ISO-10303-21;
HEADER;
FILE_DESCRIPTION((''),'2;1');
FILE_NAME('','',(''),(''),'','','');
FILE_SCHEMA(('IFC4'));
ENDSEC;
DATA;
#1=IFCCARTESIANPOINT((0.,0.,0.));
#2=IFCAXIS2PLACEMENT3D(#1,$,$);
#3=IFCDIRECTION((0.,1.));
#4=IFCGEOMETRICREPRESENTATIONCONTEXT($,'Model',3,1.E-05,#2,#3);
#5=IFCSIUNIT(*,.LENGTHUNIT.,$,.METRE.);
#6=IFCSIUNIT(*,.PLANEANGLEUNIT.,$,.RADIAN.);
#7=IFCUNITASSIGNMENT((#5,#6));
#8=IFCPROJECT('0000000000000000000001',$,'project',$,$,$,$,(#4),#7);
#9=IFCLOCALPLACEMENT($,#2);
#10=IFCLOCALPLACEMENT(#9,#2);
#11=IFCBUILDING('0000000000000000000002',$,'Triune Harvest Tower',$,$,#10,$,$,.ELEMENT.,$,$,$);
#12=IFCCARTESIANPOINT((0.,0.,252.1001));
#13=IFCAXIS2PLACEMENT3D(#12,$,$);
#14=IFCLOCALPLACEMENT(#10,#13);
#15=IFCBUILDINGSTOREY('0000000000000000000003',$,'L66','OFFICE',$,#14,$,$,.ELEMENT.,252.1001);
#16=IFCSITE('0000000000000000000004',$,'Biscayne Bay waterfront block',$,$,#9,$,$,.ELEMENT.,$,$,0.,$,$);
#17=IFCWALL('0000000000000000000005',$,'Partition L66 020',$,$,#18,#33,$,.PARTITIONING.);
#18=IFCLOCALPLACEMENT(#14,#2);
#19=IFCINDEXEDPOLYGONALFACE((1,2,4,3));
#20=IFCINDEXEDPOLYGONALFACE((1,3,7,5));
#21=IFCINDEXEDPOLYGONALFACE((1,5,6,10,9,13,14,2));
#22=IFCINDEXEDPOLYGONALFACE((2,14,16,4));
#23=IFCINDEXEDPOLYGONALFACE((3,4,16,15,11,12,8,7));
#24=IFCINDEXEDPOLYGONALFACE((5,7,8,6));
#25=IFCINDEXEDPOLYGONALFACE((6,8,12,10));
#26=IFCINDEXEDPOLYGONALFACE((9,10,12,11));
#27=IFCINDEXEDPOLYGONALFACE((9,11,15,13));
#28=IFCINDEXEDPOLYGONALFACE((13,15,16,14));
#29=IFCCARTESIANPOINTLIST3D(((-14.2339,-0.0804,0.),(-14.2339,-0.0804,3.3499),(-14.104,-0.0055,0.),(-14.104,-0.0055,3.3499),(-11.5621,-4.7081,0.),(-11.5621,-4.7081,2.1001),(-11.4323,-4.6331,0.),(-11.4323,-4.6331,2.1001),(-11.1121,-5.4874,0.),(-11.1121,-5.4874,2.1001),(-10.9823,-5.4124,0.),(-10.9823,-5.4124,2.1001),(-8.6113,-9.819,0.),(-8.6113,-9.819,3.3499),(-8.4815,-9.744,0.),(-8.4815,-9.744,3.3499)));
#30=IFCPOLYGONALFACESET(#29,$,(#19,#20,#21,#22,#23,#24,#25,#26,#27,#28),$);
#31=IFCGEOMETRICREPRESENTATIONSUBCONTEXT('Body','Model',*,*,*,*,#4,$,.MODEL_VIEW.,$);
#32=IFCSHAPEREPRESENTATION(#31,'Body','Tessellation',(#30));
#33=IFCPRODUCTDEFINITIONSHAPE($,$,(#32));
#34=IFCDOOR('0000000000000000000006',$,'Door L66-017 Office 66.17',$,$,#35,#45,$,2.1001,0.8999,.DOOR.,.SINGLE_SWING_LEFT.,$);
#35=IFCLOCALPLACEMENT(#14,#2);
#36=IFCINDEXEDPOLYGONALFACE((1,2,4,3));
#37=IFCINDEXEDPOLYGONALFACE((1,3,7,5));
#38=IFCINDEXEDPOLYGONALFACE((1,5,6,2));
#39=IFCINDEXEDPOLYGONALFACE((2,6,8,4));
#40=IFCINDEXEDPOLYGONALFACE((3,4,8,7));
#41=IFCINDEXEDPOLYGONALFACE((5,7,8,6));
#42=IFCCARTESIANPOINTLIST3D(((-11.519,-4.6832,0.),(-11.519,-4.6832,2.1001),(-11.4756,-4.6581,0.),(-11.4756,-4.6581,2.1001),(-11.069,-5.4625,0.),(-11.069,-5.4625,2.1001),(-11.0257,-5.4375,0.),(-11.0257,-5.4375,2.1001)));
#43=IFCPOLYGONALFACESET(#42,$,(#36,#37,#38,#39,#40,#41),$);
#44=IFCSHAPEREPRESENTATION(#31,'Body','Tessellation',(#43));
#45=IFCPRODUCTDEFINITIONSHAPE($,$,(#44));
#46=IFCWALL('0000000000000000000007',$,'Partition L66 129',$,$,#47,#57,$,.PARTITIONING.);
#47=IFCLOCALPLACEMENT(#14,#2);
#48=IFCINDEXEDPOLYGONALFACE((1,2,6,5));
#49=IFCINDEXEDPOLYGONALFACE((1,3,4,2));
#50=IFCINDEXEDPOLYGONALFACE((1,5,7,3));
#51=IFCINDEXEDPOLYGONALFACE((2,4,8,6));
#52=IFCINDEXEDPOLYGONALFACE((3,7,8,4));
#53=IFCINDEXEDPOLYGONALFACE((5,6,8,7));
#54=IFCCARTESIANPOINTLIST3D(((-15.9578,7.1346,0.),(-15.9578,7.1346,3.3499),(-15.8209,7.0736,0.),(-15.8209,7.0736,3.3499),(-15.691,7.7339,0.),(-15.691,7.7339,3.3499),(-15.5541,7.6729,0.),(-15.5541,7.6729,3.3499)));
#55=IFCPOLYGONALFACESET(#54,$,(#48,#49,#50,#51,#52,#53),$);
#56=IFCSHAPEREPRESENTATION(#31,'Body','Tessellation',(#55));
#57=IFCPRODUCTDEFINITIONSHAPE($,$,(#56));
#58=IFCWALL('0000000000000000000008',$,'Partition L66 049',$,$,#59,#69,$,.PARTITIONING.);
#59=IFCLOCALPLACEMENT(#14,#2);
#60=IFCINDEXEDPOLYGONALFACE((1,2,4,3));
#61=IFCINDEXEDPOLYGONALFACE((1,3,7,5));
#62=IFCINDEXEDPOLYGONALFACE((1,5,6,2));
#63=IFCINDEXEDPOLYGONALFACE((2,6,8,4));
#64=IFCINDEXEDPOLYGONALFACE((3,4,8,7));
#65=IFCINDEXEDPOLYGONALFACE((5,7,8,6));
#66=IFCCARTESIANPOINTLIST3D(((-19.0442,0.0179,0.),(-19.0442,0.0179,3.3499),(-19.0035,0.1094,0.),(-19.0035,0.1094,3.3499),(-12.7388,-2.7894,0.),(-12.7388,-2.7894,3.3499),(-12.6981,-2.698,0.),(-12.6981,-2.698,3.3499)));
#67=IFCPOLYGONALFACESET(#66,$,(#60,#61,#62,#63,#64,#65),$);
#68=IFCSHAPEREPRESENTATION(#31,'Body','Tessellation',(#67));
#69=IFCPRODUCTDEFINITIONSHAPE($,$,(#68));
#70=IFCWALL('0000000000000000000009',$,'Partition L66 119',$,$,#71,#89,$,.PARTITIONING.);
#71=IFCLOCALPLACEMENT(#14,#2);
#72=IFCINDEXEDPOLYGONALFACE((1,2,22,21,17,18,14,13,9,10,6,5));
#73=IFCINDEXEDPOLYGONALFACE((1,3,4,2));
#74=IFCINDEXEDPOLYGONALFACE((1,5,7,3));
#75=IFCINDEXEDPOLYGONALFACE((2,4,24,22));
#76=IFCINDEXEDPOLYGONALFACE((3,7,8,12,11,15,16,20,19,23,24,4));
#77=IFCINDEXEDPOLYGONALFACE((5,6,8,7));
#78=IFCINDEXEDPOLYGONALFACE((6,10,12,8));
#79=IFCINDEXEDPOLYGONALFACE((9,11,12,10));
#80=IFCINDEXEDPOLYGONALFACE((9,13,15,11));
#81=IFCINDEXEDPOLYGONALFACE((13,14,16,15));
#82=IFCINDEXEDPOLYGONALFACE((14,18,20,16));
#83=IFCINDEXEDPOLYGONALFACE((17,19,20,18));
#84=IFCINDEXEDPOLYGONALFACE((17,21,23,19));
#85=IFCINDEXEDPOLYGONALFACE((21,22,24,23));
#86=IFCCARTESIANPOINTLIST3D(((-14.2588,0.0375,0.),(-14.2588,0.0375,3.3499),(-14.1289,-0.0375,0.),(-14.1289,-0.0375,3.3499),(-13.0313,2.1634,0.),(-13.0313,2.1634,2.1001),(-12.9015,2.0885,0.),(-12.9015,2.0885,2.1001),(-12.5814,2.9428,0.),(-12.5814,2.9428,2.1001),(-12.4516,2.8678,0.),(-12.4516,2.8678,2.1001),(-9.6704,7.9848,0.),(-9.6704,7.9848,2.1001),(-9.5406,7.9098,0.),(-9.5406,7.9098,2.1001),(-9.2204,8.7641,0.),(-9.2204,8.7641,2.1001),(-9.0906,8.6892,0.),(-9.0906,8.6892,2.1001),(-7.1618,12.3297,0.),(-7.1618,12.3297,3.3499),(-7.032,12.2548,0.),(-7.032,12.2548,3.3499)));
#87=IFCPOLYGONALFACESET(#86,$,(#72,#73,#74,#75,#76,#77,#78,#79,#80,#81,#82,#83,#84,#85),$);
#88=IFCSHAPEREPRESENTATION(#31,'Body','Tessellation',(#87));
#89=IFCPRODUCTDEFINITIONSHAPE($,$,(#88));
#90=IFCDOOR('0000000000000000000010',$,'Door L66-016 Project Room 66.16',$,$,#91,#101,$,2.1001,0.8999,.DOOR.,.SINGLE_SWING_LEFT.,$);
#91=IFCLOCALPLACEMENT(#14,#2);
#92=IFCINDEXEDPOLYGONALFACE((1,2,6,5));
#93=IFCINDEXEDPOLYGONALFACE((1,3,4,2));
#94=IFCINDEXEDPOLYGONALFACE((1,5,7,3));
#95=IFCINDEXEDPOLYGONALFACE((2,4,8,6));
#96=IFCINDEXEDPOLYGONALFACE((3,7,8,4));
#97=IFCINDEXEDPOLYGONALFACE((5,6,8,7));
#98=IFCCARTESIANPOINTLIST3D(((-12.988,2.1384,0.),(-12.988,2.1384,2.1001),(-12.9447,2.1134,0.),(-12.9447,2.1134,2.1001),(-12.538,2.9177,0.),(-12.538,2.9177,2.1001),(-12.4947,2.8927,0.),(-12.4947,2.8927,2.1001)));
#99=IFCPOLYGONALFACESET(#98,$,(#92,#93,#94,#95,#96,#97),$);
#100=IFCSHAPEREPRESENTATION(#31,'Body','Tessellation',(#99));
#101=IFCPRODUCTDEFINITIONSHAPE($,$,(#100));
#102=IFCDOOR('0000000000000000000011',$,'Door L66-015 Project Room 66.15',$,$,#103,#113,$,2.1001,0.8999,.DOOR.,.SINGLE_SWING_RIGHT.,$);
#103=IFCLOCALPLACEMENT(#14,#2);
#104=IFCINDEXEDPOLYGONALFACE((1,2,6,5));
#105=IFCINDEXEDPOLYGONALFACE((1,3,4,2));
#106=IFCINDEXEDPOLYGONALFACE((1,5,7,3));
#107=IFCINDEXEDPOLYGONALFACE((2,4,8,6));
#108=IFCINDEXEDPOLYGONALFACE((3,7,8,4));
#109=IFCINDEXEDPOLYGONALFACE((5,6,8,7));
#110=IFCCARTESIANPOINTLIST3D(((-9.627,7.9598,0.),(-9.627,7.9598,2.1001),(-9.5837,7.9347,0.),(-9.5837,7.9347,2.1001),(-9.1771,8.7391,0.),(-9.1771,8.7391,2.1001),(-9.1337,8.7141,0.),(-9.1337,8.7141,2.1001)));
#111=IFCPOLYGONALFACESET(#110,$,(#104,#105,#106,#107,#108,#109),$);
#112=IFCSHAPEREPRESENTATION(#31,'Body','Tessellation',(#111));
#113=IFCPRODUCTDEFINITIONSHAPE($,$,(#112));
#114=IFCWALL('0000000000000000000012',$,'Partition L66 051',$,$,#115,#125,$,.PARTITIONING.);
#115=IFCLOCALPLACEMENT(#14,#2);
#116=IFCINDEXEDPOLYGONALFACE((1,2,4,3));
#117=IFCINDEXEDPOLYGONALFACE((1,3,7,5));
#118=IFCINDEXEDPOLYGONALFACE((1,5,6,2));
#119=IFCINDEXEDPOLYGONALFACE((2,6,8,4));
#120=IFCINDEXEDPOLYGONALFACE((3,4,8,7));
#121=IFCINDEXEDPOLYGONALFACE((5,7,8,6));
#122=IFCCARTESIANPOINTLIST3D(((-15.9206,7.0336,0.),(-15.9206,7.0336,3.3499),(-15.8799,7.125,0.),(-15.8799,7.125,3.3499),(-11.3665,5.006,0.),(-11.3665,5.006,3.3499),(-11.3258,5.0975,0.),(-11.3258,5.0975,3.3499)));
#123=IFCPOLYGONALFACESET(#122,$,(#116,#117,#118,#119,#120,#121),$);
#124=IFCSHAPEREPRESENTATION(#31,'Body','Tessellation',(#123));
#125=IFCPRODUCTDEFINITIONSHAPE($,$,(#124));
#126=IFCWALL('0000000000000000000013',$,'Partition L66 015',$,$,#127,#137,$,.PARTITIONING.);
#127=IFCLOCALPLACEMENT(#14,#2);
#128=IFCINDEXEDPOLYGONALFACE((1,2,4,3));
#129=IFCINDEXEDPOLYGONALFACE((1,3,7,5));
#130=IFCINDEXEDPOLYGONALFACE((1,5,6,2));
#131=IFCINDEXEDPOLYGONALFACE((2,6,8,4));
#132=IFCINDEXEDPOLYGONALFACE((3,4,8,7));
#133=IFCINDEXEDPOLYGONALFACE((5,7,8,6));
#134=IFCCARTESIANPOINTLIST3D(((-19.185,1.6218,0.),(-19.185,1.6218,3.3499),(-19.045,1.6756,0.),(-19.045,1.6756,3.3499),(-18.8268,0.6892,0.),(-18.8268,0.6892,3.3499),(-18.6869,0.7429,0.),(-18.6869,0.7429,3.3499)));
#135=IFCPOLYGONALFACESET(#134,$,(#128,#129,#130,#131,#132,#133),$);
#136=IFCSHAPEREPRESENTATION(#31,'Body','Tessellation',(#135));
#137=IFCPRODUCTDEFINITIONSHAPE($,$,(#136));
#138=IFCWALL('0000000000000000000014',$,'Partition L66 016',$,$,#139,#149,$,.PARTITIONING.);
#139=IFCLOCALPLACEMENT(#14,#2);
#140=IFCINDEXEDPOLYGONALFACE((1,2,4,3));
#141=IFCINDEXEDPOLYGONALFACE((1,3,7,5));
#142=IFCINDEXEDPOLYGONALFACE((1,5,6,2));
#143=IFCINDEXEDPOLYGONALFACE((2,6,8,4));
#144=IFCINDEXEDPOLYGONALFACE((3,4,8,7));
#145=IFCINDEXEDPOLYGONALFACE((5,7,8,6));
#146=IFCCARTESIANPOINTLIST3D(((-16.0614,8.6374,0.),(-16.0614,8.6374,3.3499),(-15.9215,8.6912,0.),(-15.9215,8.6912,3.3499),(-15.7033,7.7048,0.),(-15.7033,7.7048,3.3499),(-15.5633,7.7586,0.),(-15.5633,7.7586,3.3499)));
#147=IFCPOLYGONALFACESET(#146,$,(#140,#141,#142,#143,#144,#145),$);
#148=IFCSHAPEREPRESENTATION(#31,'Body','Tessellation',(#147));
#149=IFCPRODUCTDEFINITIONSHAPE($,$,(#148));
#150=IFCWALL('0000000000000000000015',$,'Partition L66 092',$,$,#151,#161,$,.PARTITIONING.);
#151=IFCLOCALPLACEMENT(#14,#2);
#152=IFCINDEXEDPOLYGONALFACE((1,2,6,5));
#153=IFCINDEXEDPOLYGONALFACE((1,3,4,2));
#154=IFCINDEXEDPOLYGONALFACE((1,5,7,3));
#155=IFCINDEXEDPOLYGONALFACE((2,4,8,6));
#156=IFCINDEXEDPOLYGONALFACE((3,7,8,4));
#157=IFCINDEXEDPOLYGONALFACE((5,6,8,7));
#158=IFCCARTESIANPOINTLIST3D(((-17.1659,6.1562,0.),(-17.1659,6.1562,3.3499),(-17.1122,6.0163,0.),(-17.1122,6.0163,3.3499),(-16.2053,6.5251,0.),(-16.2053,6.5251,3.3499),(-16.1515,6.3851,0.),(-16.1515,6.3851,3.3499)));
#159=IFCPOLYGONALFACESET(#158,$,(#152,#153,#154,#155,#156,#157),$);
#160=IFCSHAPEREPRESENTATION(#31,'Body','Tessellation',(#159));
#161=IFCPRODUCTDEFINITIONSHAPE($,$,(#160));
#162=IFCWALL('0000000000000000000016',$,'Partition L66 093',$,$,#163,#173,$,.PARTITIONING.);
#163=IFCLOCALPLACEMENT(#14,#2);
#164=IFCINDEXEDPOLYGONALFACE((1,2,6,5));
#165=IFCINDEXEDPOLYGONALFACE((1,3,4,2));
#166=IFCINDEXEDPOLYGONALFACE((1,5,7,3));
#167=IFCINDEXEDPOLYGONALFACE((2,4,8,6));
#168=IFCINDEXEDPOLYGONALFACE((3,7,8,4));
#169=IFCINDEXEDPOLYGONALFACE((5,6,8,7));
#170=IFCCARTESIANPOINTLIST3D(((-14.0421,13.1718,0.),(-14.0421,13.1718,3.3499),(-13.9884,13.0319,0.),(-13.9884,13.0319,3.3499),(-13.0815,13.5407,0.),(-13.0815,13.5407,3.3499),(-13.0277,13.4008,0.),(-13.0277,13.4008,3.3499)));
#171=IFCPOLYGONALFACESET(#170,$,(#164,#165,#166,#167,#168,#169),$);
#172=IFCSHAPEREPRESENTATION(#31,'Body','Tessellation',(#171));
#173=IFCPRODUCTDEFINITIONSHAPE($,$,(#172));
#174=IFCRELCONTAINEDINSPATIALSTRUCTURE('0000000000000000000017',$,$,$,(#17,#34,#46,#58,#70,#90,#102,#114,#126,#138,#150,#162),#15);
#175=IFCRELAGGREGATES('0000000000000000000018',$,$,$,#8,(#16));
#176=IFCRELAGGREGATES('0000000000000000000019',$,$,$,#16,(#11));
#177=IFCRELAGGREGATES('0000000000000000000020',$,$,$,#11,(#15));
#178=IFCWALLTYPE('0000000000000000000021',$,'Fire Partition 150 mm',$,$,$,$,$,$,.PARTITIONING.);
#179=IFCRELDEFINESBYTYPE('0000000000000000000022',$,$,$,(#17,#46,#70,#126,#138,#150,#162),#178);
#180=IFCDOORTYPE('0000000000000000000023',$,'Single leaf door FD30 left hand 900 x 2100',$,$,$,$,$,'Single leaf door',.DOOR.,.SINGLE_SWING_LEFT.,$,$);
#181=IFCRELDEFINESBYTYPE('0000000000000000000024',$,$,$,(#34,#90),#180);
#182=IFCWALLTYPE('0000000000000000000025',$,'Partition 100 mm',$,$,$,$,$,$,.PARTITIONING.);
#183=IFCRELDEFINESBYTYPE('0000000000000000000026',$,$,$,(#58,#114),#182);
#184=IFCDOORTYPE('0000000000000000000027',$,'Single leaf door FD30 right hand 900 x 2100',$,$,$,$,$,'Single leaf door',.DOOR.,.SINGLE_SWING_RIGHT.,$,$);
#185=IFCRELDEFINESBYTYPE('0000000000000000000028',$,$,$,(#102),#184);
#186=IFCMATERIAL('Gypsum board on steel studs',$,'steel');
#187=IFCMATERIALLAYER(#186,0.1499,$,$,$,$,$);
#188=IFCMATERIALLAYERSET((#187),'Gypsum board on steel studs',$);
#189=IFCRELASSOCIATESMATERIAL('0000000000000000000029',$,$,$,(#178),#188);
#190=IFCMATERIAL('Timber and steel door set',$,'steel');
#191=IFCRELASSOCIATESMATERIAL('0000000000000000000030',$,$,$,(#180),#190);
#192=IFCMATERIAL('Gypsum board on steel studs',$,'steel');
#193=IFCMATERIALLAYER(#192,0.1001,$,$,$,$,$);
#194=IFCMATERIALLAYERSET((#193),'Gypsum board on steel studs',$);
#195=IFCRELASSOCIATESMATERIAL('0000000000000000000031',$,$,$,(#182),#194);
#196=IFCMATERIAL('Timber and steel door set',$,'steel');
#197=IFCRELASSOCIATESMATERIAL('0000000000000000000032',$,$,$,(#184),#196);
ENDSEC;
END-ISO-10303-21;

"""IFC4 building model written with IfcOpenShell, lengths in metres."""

from ifc_helpers import new_model, si_unit, direction, frame, frame_2d, origin, place, context, subcontext, project, spatial, rectangle, extrude, source, transform, mapped, material, layer, layer_set, type_object, element, fill, save


model = new_model("IFC4")

# Units and contexts
model_context = context("Model", 3, precision=1e-05, world=origin(), true_north=direction((0.0, 1.0)))
body_context = subcontext(model_context, "Body", "Model", "MODEL_VIEW")
ifc_project = project(units=[si_unit("LENGTHUNIT", "METRE"), si_unit("PLANEANGLEUNIT", "RADIAN")], contexts=[model_context])

# Site, building, storey
site_placement = place(None, origin())
site = spatial("IfcSite", under=ifc_project, at=site_placement, Name="Biscayne Bay waterfront block", CompositionType="ELEMENT", RefElevation=0.0)
building_placement = place(site_placement, origin())
building = spatial("IfcBuilding", under=site, at=building_placement, Name="Triune Harvest Tower", CompositionType="ELEMENT")
storey_placement = place(building_placement, frame((0.0, 0.0, 252.1001)))
storey = spatial("IfcBuildingStorey", under=building, at=storey_placement, Name="L66", Description="OFFICE", CompositionType="ELEMENT", Elevation=252.1001)

# Wall, opening, door
ifc_material_1 = material(Name="Gypsum board on steel studs", Category="steel")
ifc_layer_1 = layer(ifc_material_1, 0.1499)
ifc_layer_set_1 = layer_set([ifc_layer_1], Name="Gypsum board on steel studs")
wall_type_1 = type_object("IfcWallType", Name="Fire Partition 150 mm", PredefinedType="PARTITIONING", material=ifc_layer_set_1)
wall_1_placement = place(storey_placement, frame((-14.1689, -0.043, 0.0), z_axis=(0.0, 0.0, 1.0), x_axis=(0.500001, -0.866025, 0.0)))
wall_1 = element("IfcWall", 1, at=wall_1_placement, inside=storey, type_object=wall_type_1, Name="Partition L66 020", PredefinedType="PARTITIONING", context=body_context, shape_type="SweptSolid", body=[
    extrude(rectangle(XDim=11.2451, YDim=0.1499, at=frame_2d((5.6226, 0.0))), origin(), (0.0, 0.0, 1.0), 3.3499),
])
opening_1_placement = place(wall_1_placement, frame((5.3435, 0.0, 0.0)))
opening_1 = element("IfcOpeningElement", 2, at=opening_1_placement, cuts=wall_1, PredefinedType="OPENING", context=body_context, shape_type="SweptSolid", body=[
    extrude(rectangle(XDim=0.8999, YDim=2.1001, at=frame_2d((0.45, 1.05))), frame((0.0, 0.085, 0.0), z_axis=(0.0, -1.0, 0.0), x_axis=(1.0, 0.0, 0.0)), (0.0, 0.0, 1.0), 0.1699),
])
ifc_material_2 = material(Name="Timber and steel door set", Category="steel")
door_type_1 = type_object("IfcDoorType", Name="Single leaf door FD30 left hand 900 x 2100", ElementType="Single leaf door", OperationType="SINGLE_SWING_LEFT", PredefinedType="DOOR", material=ifc_material_2)
door_1_placement = place(opening_1_placement, origin())
door_1 = element("IfcDoor", 3, at=door_1_placement, inside=storey, type_object=door_type_1, Name="Door L66-017 Office 66.17", OperationType="SINGLE_SWING_LEFT", OverallHeight=2.1001, OverallWidth=0.8999, PredefinedType="DOOR", context=body_context, shape_type="SweptSolid", body=[
    extrude(rectangle(XDim=0.8999, YDim=2.1001, at=frame_2d((0.45, 1.05))), frame((0.0, 0.0249, 0.0), z_axis=(0.0, -1.0, 0.0), x_axis=(1.0, 0.0, 0.0)), (0.0, 0.0, 1.0), 0.05),
])
fill(opening_1, door_1)

# Walls
wall_2_placement = place(storey_placement, frame((-15.8894, 7.104, 0.0), z_axis=(0.0, 0.0, 1.0), x_axis=(0.406725, 0.91355, 0.0)))
element("IfcWall", 4, at=wall_2_placement, inside=storey, type_object=wall_type_1, Name="Partition L66 129", PredefinedType="PARTITIONING", context=body_context, shape_type="SweptSolid", body=[
    extrude(rectangle(XDim=0.656, YDim=0.1499, at=frame_2d((0.3281, 0.0))), origin(), (0.0, 0.0, 1.0), 3.3499),
])
ifc_material_3 = material(Name="Gypsum board on steel studs", Category="steel")
ifc_layer_2 = layer(ifc_material_3, 0.1001)
ifc_layer_set_2 = layer_set([ifc_layer_2], Name="Gypsum board on steel studs")
wall_type_2 = type_object("IfcWallType", Name="Partition 100 mm", PredefinedType="PARTITIONING", material=ifc_layer_set_2)
wall_3_placement = place(storey_placement, frame((-19.0239, 0.0637, 0.0), z_axis=(0.0, 0.0, 1.0), x_axis=(0.913544, -0.406739, 0.0)))
element("IfcWall", 5, at=wall_3_placement, inside=storey, type_object=wall_type_2, Name="Partition L66 049", PredefinedType="PARTITIONING", context=body_context, shape_type="SweptSolid", body=[
    extrude(rectangle(XDim=6.9021, YDim=0.1001, at=frame_2d((3.4512, 0.0))), origin(), (0.0, 0.0, 1.0), 3.3499),
])

# Wall, openings, doors
shared_shape_1 = source(origin(), body_context, "Body", "SweptSolid", [
    extrude(rectangle(XDim=14.1938, YDim=0.1499, at=frame_2d((7.0969, 0.0))), origin(), (0.0, 0.0, 1.0), 3.3499),
])
wall_4_placement = place(storey_placement, frame((-14.1938, 0.0, 0.0), z_axis=(0.0, 0.0, 1.0), x_axis=(0.5, 0.866025, 0.0)))
wall_4 = element("IfcWall", 6, at=wall_4_placement, inside=storey, type_object=wall_type_1, Name="Partition L66 119", PredefinedType="PARTITIONING", context=body_context, shape_type="MappedRepresentation", body=[
    mapped(shared_shape_1, transform((0.0, 0.0, 0.0), scale=1.0)),
])
opening_2_placement = place(wall_4_placement, frame((9.1768, 0.0, 0.0)))
opening_2 = element("IfcOpeningElement", 7, at=opening_2_placement, cuts=wall_4, PredefinedType="OPENING", context=body_context, shape_type="SweptSolid", body=[
    extrude(rectangle(XDim=0.8999, YDim=2.1001, at=frame_2d((0.45, 1.05))), frame((0.0, 0.085, 0.0), z_axis=(0.0, -1.0, 0.0), x_axis=(1.0, 0.0, 0.0)), (0.0, 0.0, 1.0), 0.1699),
])
opening_3_placement = place(wall_4_placement, frame((2.4548, 0.0, 0.0)))
opening_3 = element("IfcOpeningElement", 8, at=opening_3_placement, cuts=wall_4, PredefinedType="OPENING", context=body_context, shape_type="SweptSolid", body=[
    extrude(rectangle(XDim=0.8999, YDim=2.1001, at=frame_2d((0.45, 1.05))), frame((0.0, 0.085, 0.0), z_axis=(0.0, -1.0, 0.0), x_axis=(1.0, 0.0, 0.0)), (0.0, 0.0, 1.0), 0.1699),
])
door_2_placement = place(opening_3_placement, origin())
door_2 = element("IfcDoor", 9, at=door_2_placement, inside=storey, type_object=door_type_1, Name="Door L66-016 Project Room 66.16", OperationType="SINGLE_SWING_LEFT", OverallHeight=2.1001, OverallWidth=0.8999, PredefinedType="DOOR", context=body_context, shape_type="SweptSolid", body=[
    extrude(rectangle(XDim=0.8999, YDim=2.1001, at=frame_2d((0.45, 1.05))), frame((0.0, 0.0249, 0.0), z_axis=(0.0, -1.0, 0.0), x_axis=(1.0, 0.0, 0.0)), (0.0, 0.0, 1.0), 0.05),
])
fill(opening_3, door_2)
ifc_material_4 = material(Name="Timber and steel door set", Category="steel")
door_type_2 = type_object("IfcDoorType", Name="Single leaf door FD30 right hand 900 x 2100", ElementType="Single leaf door", OperationType="SINGLE_SWING_RIGHT", PredefinedType="DOOR", material=ifc_material_4)
door_3_placement = place(opening_2_placement, origin())
door_3 = element("IfcDoor", 10, at=door_3_placement, inside=storey, type_object=door_type_2, Name="Door L66-015 Project Room 66.15", OperationType="SINGLE_SWING_RIGHT", OverallHeight=2.1001, OverallWidth=0.8999, PredefinedType="DOOR", context=body_context, shape_type="SweptSolid", body=[
    extrude(rectangle(XDim=0.8999, YDim=2.1001, at=frame_2d((0.45, 1.05))), frame((0.0, 0.0249, 0.0), z_axis=(0.0, -1.0, 0.0), x_axis=(1.0, 0.0, 0.0)), (0.0, 0.0, 1.0), 0.05),
])
fill(opening_2, door_3)

# Walls
shared_shape_2 = source(origin(), body_context, "Body", "SweptSolid", [
    extrude(rectangle(XDim=4.9851, YDim=0.1001, at=frame_2d((2.4927, 0.0))), origin(), (0.0, 0.0, 1.0), 3.3499),
])
wall_5_placement = place(storey_placement, frame((-15.9004, 7.0793, 0.0), z_axis=(0.0, 0.0, 1.0), x_axis=(0.913551, -0.406725, 0.0)))
element("IfcWall", 11, at=wall_5_placement, inside=storey, type_object=wall_type_2, Name="Partition L66 051", PredefinedType="PARTITIONING", context=body_context, shape_type="MappedRepresentation", body=[
    mapped(shared_shape_2, transform((0.0, 0.0, 0.0), scale=1.0)),
])
shared_shape_3 = source(origin(), body_context, "Body", "SweptSolid", [
    extrude(rectangle(XDim=0.999, YDim=0.1499, at=frame_2d((0.4995, 0.0))), origin(), (0.0, 0.0, 1.0), 3.3499),
])
for number, where, z_axis, x_axis, name in (
    (12, (-19.115, 1.6487, 0.0), (0.0, 0.0, 1.0), (0.358504, -0.933528, 0.0), "Partition L66 015"),
    (13, (-15.9915, 8.6643, 0.0), (0.0, 0.0, 1.0), (0.358504, -0.933528, 0.0), "Partition L66 016"),
):
    element("IfcWall", number, at=place(storey_placement, frame(where, z_axis=z_axis, x_axis=x_axis)), inside=storey, type_object=wall_type_1, Name=name, PredefinedType="PARTITIONING", context=body_context, shape_type="MappedRepresentation", body=[
        mapped(shared_shape_3, transform((0.0, 0.0, 0.0), scale=1.0)),
    ])
shared_shape_4 = source(origin(), body_context, "Body", "SweptSolid", [
    extrude(rectangle(XDim=1.0291, YDim=0.1499, at=frame_2d((0.5146, 0.0))), origin(), (0.0, 0.0, 1.0), 3.3499),
])
for number, where, z_axis, x_axis, name in (
    (14, (-17.1392, 6.0862, 0.0), (0.0, 0.0, 1.0), (0.933541, 0.35847, 0.0), "Partition L66 092"),
    (15, (-14.0154, 13.1018, 0.0), (0.0, 0.0, 1.0), (0.933541, 0.35847, 0.0), "Partition L66 093"),
):
    element("IfcWall", number, at=place(storey_placement, frame(where, z_axis=z_axis, x_axis=x_axis)), inside=storey, type_object=wall_type_1, Name=name, PredefinedType="PARTITIONING", context=body_context, shape_type="MappedRepresentation", body=[
        mapped(shared_shape_4, transform((0.0, 0.0, 0.0), scale=1.0)),
    ])

save(model, "model.ifc")
